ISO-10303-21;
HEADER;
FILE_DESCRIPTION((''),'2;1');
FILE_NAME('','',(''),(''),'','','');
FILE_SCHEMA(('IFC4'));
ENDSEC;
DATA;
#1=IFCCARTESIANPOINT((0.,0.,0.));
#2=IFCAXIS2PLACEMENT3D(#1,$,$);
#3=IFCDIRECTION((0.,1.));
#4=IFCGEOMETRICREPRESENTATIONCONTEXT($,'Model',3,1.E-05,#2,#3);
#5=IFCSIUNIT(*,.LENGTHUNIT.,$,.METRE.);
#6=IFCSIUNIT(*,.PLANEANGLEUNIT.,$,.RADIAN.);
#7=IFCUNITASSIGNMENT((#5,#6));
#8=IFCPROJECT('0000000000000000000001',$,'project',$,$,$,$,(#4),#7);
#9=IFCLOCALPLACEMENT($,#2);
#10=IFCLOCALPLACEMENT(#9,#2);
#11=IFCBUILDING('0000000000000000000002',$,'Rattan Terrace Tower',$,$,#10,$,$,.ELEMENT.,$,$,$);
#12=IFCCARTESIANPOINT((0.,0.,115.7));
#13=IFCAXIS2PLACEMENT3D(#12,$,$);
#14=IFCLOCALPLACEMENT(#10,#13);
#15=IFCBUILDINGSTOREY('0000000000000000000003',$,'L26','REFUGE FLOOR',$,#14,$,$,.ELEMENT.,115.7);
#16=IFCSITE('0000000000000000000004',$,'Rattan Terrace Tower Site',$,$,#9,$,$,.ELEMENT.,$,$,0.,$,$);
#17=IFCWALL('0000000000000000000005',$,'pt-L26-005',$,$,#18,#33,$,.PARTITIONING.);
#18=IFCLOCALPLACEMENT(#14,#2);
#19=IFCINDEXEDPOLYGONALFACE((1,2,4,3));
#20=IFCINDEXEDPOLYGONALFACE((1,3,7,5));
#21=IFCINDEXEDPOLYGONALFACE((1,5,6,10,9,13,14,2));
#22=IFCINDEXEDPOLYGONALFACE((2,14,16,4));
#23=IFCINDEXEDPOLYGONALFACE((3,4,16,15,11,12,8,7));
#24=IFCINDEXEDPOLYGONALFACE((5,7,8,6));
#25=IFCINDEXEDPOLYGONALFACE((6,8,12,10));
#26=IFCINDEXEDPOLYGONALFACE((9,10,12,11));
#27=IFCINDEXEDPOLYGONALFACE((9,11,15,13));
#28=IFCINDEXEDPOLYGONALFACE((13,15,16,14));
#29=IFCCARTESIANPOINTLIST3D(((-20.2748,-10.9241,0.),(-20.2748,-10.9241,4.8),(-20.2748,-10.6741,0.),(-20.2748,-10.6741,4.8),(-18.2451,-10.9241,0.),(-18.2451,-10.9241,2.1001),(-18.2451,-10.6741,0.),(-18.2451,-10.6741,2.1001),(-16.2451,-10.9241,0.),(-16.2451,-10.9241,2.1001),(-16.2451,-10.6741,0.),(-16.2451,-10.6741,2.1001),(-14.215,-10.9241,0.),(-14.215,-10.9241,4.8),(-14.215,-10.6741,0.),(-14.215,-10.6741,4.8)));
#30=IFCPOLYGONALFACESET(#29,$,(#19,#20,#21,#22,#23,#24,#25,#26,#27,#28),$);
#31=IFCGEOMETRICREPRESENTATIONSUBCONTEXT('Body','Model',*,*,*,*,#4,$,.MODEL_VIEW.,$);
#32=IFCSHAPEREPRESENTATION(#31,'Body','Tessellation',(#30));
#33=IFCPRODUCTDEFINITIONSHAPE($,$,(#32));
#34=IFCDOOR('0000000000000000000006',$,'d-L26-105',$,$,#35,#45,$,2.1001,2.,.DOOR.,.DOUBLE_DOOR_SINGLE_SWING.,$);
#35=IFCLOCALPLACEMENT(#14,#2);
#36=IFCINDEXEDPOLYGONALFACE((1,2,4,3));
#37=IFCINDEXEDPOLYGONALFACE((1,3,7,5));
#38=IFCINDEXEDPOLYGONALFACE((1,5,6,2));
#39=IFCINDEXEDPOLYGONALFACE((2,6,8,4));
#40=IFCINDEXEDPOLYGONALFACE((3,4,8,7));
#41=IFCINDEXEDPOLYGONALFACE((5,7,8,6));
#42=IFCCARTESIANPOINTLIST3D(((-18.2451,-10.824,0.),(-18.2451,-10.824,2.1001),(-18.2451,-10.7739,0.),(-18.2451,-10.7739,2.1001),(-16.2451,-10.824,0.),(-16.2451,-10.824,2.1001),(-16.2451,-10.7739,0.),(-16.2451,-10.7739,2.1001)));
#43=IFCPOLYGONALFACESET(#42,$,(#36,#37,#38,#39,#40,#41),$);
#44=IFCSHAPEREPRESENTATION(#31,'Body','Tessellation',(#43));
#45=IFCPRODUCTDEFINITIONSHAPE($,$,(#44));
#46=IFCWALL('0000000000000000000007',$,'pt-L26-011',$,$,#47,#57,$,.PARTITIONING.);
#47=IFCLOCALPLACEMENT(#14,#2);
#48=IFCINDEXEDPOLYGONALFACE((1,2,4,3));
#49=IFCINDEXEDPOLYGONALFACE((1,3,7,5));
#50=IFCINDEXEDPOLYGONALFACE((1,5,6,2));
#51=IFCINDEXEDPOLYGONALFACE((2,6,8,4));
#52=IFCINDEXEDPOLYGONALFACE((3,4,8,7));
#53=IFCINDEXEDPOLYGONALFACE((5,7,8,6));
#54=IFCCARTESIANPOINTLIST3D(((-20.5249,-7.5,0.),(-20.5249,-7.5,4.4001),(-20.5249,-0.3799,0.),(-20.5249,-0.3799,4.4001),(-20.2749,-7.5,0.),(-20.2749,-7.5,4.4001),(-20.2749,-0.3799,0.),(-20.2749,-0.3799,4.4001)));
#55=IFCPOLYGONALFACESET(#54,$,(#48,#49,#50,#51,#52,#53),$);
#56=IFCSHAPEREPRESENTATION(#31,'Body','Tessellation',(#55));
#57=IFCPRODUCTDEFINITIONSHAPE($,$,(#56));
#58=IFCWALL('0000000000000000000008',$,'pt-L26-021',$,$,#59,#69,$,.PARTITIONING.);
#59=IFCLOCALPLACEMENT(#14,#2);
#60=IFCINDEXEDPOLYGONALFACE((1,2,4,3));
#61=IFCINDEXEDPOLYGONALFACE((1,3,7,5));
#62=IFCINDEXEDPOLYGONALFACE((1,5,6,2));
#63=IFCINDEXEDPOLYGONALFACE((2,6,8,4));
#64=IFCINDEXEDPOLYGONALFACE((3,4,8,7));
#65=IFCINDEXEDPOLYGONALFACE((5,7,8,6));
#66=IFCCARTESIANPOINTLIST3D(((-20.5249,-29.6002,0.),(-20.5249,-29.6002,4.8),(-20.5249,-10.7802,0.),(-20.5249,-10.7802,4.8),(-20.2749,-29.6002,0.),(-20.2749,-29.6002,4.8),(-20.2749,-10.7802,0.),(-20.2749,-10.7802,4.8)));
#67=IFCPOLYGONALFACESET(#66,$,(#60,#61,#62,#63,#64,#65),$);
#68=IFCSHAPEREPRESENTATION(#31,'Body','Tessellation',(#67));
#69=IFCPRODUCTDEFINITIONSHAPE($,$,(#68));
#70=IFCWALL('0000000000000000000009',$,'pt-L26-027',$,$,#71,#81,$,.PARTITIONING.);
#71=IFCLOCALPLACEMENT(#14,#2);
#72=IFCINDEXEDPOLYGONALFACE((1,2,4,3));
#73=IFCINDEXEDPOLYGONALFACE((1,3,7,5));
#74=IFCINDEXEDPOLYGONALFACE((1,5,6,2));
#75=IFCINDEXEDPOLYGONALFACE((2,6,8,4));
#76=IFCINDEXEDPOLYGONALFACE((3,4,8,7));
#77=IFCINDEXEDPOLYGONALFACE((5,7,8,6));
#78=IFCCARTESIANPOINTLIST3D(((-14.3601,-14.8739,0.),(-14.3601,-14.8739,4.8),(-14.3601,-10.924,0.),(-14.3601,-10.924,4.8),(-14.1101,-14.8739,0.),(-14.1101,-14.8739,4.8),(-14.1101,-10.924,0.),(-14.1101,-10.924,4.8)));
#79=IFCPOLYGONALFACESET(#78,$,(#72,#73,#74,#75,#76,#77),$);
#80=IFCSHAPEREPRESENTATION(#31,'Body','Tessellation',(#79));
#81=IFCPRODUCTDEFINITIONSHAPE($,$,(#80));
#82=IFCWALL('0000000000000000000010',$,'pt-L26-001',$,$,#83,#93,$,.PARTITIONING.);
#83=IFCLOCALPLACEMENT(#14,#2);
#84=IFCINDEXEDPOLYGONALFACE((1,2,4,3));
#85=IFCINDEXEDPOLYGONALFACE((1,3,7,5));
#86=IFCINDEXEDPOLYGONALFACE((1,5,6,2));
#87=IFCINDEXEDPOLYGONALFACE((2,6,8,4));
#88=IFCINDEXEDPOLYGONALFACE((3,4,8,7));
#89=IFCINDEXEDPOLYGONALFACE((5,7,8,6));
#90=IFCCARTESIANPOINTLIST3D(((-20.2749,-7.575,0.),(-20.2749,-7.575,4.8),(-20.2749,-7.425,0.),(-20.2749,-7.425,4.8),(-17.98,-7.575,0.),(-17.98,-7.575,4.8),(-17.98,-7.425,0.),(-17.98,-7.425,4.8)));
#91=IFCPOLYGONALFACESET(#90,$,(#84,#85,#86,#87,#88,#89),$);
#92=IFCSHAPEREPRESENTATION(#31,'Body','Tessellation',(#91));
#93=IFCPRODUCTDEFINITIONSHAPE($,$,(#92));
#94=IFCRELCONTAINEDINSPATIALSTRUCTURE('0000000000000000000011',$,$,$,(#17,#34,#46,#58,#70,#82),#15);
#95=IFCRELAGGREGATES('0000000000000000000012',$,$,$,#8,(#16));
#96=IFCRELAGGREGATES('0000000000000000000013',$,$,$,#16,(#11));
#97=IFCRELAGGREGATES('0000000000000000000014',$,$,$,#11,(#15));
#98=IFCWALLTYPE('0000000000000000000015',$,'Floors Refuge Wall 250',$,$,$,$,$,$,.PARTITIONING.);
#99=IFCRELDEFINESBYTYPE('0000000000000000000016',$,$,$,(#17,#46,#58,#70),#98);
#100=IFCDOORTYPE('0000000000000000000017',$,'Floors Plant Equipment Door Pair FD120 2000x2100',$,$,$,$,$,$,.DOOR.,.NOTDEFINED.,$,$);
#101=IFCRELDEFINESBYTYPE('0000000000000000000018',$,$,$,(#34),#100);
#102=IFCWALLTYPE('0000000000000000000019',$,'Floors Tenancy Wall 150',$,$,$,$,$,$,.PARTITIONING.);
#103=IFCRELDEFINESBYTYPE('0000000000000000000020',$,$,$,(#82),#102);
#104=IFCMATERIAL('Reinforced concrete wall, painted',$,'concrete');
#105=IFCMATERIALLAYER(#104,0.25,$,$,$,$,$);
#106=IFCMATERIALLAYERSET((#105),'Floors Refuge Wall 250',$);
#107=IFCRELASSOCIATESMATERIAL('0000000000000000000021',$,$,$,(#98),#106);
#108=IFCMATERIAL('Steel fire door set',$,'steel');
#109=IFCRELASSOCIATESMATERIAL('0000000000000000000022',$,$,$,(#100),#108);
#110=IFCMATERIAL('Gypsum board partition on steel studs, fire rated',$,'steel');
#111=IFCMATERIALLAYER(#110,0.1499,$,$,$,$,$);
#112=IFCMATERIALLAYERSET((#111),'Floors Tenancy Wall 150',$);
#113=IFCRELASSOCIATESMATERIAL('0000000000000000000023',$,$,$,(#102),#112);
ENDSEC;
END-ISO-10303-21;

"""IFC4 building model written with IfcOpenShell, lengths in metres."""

from ifc_helpers import new_model, si_unit, direction, frame, frame_2d, origin, place, context, subcontext, project, spatial, rectangle, extrude, material, layer, layer_set, type_object, element, fill, save


model = new_model("IFC4")

# Units and contexts
model_context = context("Model", 3, precision=1e-05, world=origin(), true_north=direction((0.0, 1.0)))
body_context = subcontext(model_context, "Body", "Model", "MODEL_VIEW")
ifc_project = project(units=[si_unit("LENGTHUNIT", "METRE"), si_unit("PLANEANGLEUNIT", "RADIAN")], contexts=[model_context])

# Site, building, storey
site_placement = place(None, origin())
site = spatial("IfcSite", under=ifc_project, at=site_placement, Name="Rattan Terrace Tower Site", CompositionType="ELEMENT", RefElevation=0.0)
building_placement = place(site_placement, origin())
building = spatial("IfcBuilding", under=site, at=building_placement, Name="Rattan Terrace Tower", CompositionType="ELEMENT")
storey_placement = place(building_placement, frame((0.0, 0.0, 115.7)))
storey = spatial("IfcBuildingStorey", under=building, at=storey_placement, Name="L26", Description="REFUGE FLOOR", CompositionType="ELEMENT", Elevation=115.7)

# Wall, opening, door
ifc_material_1 = material(Name="Reinforced concrete wall, painted", Category="concrete")
ifc_layer_1 = layer(ifc_material_1, 0.25)
ifc_layer_set_1 = layer_set([ifc_layer_1], Name="Floors Refuge Wall 250")
wall_type_1 = type_object("IfcWallType", Name="Floors Refuge Wall 250", PredefinedType="PARTITIONING", material=ifc_layer_set_1)
ifc_material_2 = material(Name="Steel fire door set", Category="steel")
door_type_1 = type_object("IfcDoorType", Name="Floors Plant Equipment Door Pair FD120 2000x2100", OperationType="NOTDEFINED", PredefinedType="DOOR", material=ifc_material_2)
wall_1_placement = place(storey_placement, frame((-14.2151, -10.7991, 0.0), z_axis=(0.0, 0.0, 1.0), x_axis=(-1.0, 0.0, 0.0)))
wall_1 = element("IfcWall", 1, at=wall_1_placement, inside=storey, type_object=wall_type_1, Name="pt-L26-005", PredefinedType="PARTITIONING", context=body_context, shape_type="SweptSolid", body=[
    extrude(rectangle(XDim=6.0598, YDim=0.25, at=frame_2d((3.0298, 0.0))), origin(), (0.0, 0.0, 1.0), 4.8),
])
opening_1_placement = place(wall_1_placement, frame((2.03, 0.0, 0.0)))
opening_1 = element("IfcOpeningElement", 2, at=opening_1_placement, cuts=wall_1, PredefinedType="OPENING", context=body_context, shape_type="SweptSolid", body=[
    extrude(rectangle(XDim=2.0, YDim=2.1001, at=frame_2d((1.0, 1.05))), frame((0.0, 0.1355, 0.0), z_axis=(0.0, -1.0, 0.0), x_axis=(1.0, 0.0, 0.0)), (0.0, 0.0, 1.0), 0.271),
])
door_1_placement = place(opening_1_placement, origin())
door_1 = element("IfcDoor", 3, at=door_1_placement, inside=storey, type_object=door_type_1, Name="d-L26-105", OperationType="DOUBLE_DOOR_SINGLE_SWING", OverallHeight=2.1001, OverallWidth=2.0, PredefinedType="DOOR", context=body_context, shape_type="SweptSolid", body=[
    extrude(rectangle(XDim=2.0, YDim=2.1001, at=frame_2d((1.0, 1.05))), frame((0.0, 0.0249, 0.0), z_axis=(0.0, -1.0, 0.0), x_axis=(1.0, 0.0, 0.0)), (0.0, 0.0, 1.0), 0.05),
])
fill(opening_1, door_1)

# Walls
wall_2_placement = place(storey_placement, frame((-20.3999, -7.5, 0.0), z_axis=(0.0, 0.0, 1.0), x_axis=(0.0, 1.0, 0.0)))
element("IfcWall", 4, at=wall_2_placement, inside=storey, type_object=wall_type_1, Name="pt-L26-011", PredefinedType="PARTITIONING", context=body_context, shape_type="SweptSolid", body=[
    extrude(rectangle(XDim=7.1201, YDim=0.25, at=frame_2d((3.5601, 0.0))), origin(), (0.0, 0.0, 1.0), 4.4001),
])
wall_3_placement = place(storey_placement, frame((-20.3999, -10.78, 0.0), z_axis=(0.0, 0.0, 1.0), x_axis=(0.0, -1.0, 0.0)))
element("IfcWall", 5, at=wall_3_placement, inside=storey, type_object=wall_type_1, Name="pt-L26-021", PredefinedType="PARTITIONING", context=body_context, shape_type="SweptSolid", body=[
    extrude(rectangle(XDim=18.8201, YDim=0.25, at=frame_2d((9.4102, 0.0))), origin(), (0.0, 0.0, 1.0), 4.8),
])
wall_4_placement = place(storey_placement, frame((-14.2351, -14.874, 0.0), z_axis=(0.0, 0.0, 1.0), x_axis=(0.0, 1.0, 0.0)))
element("IfcWall", 6, at=wall_4_placement, inside=storey, type_object=wall_type_1, Name="pt-L26-027", PredefinedType="PARTITIONING", context=body_context, shape_type="SweptSolid", body=[
    extrude(rectangle(XDim=3.95, YDim=0.25, at=frame_2d((1.9751, 0.0))), origin(), (0.0, 0.0, 1.0), 4.8),
])
ifc_material_3 = material(Name="Gypsum board partition on steel studs, fire rated", Category="steel")
ifc_layer_2 = layer(ifc_material_3, 0.1499)
ifc_layer_set_2 = layer_set([ifc_layer_2], Name="Floors Tenancy Wall 150")
wall_type_2 = type_object("IfcWallType", Name="Floors Tenancy Wall 150", PredefinedType="PARTITIONING", material=ifc_layer_set_2)
wall_5_placement = place(storey_placement, frame((-20.2749, -7.5, 0.0), z_axis=(0.0, 0.0, 1.0), x_axis=(1.0, 0.0, 0.0)))
element("IfcWall", 7, at=wall_5_placement, inside=storey, type_object=wall_type_2, Name="pt-L26-001", PredefinedType="PARTITIONING", context=body_context, shape_type="SweptSolid", body=[
    extrude(rectangle(XDim=2.2949, YDim=0.1499, at=frame_2d((1.1475, 0.0))), origin(), (0.0, 0.0, 1.0), 4.8),
])

save(model, "model.ifc")
